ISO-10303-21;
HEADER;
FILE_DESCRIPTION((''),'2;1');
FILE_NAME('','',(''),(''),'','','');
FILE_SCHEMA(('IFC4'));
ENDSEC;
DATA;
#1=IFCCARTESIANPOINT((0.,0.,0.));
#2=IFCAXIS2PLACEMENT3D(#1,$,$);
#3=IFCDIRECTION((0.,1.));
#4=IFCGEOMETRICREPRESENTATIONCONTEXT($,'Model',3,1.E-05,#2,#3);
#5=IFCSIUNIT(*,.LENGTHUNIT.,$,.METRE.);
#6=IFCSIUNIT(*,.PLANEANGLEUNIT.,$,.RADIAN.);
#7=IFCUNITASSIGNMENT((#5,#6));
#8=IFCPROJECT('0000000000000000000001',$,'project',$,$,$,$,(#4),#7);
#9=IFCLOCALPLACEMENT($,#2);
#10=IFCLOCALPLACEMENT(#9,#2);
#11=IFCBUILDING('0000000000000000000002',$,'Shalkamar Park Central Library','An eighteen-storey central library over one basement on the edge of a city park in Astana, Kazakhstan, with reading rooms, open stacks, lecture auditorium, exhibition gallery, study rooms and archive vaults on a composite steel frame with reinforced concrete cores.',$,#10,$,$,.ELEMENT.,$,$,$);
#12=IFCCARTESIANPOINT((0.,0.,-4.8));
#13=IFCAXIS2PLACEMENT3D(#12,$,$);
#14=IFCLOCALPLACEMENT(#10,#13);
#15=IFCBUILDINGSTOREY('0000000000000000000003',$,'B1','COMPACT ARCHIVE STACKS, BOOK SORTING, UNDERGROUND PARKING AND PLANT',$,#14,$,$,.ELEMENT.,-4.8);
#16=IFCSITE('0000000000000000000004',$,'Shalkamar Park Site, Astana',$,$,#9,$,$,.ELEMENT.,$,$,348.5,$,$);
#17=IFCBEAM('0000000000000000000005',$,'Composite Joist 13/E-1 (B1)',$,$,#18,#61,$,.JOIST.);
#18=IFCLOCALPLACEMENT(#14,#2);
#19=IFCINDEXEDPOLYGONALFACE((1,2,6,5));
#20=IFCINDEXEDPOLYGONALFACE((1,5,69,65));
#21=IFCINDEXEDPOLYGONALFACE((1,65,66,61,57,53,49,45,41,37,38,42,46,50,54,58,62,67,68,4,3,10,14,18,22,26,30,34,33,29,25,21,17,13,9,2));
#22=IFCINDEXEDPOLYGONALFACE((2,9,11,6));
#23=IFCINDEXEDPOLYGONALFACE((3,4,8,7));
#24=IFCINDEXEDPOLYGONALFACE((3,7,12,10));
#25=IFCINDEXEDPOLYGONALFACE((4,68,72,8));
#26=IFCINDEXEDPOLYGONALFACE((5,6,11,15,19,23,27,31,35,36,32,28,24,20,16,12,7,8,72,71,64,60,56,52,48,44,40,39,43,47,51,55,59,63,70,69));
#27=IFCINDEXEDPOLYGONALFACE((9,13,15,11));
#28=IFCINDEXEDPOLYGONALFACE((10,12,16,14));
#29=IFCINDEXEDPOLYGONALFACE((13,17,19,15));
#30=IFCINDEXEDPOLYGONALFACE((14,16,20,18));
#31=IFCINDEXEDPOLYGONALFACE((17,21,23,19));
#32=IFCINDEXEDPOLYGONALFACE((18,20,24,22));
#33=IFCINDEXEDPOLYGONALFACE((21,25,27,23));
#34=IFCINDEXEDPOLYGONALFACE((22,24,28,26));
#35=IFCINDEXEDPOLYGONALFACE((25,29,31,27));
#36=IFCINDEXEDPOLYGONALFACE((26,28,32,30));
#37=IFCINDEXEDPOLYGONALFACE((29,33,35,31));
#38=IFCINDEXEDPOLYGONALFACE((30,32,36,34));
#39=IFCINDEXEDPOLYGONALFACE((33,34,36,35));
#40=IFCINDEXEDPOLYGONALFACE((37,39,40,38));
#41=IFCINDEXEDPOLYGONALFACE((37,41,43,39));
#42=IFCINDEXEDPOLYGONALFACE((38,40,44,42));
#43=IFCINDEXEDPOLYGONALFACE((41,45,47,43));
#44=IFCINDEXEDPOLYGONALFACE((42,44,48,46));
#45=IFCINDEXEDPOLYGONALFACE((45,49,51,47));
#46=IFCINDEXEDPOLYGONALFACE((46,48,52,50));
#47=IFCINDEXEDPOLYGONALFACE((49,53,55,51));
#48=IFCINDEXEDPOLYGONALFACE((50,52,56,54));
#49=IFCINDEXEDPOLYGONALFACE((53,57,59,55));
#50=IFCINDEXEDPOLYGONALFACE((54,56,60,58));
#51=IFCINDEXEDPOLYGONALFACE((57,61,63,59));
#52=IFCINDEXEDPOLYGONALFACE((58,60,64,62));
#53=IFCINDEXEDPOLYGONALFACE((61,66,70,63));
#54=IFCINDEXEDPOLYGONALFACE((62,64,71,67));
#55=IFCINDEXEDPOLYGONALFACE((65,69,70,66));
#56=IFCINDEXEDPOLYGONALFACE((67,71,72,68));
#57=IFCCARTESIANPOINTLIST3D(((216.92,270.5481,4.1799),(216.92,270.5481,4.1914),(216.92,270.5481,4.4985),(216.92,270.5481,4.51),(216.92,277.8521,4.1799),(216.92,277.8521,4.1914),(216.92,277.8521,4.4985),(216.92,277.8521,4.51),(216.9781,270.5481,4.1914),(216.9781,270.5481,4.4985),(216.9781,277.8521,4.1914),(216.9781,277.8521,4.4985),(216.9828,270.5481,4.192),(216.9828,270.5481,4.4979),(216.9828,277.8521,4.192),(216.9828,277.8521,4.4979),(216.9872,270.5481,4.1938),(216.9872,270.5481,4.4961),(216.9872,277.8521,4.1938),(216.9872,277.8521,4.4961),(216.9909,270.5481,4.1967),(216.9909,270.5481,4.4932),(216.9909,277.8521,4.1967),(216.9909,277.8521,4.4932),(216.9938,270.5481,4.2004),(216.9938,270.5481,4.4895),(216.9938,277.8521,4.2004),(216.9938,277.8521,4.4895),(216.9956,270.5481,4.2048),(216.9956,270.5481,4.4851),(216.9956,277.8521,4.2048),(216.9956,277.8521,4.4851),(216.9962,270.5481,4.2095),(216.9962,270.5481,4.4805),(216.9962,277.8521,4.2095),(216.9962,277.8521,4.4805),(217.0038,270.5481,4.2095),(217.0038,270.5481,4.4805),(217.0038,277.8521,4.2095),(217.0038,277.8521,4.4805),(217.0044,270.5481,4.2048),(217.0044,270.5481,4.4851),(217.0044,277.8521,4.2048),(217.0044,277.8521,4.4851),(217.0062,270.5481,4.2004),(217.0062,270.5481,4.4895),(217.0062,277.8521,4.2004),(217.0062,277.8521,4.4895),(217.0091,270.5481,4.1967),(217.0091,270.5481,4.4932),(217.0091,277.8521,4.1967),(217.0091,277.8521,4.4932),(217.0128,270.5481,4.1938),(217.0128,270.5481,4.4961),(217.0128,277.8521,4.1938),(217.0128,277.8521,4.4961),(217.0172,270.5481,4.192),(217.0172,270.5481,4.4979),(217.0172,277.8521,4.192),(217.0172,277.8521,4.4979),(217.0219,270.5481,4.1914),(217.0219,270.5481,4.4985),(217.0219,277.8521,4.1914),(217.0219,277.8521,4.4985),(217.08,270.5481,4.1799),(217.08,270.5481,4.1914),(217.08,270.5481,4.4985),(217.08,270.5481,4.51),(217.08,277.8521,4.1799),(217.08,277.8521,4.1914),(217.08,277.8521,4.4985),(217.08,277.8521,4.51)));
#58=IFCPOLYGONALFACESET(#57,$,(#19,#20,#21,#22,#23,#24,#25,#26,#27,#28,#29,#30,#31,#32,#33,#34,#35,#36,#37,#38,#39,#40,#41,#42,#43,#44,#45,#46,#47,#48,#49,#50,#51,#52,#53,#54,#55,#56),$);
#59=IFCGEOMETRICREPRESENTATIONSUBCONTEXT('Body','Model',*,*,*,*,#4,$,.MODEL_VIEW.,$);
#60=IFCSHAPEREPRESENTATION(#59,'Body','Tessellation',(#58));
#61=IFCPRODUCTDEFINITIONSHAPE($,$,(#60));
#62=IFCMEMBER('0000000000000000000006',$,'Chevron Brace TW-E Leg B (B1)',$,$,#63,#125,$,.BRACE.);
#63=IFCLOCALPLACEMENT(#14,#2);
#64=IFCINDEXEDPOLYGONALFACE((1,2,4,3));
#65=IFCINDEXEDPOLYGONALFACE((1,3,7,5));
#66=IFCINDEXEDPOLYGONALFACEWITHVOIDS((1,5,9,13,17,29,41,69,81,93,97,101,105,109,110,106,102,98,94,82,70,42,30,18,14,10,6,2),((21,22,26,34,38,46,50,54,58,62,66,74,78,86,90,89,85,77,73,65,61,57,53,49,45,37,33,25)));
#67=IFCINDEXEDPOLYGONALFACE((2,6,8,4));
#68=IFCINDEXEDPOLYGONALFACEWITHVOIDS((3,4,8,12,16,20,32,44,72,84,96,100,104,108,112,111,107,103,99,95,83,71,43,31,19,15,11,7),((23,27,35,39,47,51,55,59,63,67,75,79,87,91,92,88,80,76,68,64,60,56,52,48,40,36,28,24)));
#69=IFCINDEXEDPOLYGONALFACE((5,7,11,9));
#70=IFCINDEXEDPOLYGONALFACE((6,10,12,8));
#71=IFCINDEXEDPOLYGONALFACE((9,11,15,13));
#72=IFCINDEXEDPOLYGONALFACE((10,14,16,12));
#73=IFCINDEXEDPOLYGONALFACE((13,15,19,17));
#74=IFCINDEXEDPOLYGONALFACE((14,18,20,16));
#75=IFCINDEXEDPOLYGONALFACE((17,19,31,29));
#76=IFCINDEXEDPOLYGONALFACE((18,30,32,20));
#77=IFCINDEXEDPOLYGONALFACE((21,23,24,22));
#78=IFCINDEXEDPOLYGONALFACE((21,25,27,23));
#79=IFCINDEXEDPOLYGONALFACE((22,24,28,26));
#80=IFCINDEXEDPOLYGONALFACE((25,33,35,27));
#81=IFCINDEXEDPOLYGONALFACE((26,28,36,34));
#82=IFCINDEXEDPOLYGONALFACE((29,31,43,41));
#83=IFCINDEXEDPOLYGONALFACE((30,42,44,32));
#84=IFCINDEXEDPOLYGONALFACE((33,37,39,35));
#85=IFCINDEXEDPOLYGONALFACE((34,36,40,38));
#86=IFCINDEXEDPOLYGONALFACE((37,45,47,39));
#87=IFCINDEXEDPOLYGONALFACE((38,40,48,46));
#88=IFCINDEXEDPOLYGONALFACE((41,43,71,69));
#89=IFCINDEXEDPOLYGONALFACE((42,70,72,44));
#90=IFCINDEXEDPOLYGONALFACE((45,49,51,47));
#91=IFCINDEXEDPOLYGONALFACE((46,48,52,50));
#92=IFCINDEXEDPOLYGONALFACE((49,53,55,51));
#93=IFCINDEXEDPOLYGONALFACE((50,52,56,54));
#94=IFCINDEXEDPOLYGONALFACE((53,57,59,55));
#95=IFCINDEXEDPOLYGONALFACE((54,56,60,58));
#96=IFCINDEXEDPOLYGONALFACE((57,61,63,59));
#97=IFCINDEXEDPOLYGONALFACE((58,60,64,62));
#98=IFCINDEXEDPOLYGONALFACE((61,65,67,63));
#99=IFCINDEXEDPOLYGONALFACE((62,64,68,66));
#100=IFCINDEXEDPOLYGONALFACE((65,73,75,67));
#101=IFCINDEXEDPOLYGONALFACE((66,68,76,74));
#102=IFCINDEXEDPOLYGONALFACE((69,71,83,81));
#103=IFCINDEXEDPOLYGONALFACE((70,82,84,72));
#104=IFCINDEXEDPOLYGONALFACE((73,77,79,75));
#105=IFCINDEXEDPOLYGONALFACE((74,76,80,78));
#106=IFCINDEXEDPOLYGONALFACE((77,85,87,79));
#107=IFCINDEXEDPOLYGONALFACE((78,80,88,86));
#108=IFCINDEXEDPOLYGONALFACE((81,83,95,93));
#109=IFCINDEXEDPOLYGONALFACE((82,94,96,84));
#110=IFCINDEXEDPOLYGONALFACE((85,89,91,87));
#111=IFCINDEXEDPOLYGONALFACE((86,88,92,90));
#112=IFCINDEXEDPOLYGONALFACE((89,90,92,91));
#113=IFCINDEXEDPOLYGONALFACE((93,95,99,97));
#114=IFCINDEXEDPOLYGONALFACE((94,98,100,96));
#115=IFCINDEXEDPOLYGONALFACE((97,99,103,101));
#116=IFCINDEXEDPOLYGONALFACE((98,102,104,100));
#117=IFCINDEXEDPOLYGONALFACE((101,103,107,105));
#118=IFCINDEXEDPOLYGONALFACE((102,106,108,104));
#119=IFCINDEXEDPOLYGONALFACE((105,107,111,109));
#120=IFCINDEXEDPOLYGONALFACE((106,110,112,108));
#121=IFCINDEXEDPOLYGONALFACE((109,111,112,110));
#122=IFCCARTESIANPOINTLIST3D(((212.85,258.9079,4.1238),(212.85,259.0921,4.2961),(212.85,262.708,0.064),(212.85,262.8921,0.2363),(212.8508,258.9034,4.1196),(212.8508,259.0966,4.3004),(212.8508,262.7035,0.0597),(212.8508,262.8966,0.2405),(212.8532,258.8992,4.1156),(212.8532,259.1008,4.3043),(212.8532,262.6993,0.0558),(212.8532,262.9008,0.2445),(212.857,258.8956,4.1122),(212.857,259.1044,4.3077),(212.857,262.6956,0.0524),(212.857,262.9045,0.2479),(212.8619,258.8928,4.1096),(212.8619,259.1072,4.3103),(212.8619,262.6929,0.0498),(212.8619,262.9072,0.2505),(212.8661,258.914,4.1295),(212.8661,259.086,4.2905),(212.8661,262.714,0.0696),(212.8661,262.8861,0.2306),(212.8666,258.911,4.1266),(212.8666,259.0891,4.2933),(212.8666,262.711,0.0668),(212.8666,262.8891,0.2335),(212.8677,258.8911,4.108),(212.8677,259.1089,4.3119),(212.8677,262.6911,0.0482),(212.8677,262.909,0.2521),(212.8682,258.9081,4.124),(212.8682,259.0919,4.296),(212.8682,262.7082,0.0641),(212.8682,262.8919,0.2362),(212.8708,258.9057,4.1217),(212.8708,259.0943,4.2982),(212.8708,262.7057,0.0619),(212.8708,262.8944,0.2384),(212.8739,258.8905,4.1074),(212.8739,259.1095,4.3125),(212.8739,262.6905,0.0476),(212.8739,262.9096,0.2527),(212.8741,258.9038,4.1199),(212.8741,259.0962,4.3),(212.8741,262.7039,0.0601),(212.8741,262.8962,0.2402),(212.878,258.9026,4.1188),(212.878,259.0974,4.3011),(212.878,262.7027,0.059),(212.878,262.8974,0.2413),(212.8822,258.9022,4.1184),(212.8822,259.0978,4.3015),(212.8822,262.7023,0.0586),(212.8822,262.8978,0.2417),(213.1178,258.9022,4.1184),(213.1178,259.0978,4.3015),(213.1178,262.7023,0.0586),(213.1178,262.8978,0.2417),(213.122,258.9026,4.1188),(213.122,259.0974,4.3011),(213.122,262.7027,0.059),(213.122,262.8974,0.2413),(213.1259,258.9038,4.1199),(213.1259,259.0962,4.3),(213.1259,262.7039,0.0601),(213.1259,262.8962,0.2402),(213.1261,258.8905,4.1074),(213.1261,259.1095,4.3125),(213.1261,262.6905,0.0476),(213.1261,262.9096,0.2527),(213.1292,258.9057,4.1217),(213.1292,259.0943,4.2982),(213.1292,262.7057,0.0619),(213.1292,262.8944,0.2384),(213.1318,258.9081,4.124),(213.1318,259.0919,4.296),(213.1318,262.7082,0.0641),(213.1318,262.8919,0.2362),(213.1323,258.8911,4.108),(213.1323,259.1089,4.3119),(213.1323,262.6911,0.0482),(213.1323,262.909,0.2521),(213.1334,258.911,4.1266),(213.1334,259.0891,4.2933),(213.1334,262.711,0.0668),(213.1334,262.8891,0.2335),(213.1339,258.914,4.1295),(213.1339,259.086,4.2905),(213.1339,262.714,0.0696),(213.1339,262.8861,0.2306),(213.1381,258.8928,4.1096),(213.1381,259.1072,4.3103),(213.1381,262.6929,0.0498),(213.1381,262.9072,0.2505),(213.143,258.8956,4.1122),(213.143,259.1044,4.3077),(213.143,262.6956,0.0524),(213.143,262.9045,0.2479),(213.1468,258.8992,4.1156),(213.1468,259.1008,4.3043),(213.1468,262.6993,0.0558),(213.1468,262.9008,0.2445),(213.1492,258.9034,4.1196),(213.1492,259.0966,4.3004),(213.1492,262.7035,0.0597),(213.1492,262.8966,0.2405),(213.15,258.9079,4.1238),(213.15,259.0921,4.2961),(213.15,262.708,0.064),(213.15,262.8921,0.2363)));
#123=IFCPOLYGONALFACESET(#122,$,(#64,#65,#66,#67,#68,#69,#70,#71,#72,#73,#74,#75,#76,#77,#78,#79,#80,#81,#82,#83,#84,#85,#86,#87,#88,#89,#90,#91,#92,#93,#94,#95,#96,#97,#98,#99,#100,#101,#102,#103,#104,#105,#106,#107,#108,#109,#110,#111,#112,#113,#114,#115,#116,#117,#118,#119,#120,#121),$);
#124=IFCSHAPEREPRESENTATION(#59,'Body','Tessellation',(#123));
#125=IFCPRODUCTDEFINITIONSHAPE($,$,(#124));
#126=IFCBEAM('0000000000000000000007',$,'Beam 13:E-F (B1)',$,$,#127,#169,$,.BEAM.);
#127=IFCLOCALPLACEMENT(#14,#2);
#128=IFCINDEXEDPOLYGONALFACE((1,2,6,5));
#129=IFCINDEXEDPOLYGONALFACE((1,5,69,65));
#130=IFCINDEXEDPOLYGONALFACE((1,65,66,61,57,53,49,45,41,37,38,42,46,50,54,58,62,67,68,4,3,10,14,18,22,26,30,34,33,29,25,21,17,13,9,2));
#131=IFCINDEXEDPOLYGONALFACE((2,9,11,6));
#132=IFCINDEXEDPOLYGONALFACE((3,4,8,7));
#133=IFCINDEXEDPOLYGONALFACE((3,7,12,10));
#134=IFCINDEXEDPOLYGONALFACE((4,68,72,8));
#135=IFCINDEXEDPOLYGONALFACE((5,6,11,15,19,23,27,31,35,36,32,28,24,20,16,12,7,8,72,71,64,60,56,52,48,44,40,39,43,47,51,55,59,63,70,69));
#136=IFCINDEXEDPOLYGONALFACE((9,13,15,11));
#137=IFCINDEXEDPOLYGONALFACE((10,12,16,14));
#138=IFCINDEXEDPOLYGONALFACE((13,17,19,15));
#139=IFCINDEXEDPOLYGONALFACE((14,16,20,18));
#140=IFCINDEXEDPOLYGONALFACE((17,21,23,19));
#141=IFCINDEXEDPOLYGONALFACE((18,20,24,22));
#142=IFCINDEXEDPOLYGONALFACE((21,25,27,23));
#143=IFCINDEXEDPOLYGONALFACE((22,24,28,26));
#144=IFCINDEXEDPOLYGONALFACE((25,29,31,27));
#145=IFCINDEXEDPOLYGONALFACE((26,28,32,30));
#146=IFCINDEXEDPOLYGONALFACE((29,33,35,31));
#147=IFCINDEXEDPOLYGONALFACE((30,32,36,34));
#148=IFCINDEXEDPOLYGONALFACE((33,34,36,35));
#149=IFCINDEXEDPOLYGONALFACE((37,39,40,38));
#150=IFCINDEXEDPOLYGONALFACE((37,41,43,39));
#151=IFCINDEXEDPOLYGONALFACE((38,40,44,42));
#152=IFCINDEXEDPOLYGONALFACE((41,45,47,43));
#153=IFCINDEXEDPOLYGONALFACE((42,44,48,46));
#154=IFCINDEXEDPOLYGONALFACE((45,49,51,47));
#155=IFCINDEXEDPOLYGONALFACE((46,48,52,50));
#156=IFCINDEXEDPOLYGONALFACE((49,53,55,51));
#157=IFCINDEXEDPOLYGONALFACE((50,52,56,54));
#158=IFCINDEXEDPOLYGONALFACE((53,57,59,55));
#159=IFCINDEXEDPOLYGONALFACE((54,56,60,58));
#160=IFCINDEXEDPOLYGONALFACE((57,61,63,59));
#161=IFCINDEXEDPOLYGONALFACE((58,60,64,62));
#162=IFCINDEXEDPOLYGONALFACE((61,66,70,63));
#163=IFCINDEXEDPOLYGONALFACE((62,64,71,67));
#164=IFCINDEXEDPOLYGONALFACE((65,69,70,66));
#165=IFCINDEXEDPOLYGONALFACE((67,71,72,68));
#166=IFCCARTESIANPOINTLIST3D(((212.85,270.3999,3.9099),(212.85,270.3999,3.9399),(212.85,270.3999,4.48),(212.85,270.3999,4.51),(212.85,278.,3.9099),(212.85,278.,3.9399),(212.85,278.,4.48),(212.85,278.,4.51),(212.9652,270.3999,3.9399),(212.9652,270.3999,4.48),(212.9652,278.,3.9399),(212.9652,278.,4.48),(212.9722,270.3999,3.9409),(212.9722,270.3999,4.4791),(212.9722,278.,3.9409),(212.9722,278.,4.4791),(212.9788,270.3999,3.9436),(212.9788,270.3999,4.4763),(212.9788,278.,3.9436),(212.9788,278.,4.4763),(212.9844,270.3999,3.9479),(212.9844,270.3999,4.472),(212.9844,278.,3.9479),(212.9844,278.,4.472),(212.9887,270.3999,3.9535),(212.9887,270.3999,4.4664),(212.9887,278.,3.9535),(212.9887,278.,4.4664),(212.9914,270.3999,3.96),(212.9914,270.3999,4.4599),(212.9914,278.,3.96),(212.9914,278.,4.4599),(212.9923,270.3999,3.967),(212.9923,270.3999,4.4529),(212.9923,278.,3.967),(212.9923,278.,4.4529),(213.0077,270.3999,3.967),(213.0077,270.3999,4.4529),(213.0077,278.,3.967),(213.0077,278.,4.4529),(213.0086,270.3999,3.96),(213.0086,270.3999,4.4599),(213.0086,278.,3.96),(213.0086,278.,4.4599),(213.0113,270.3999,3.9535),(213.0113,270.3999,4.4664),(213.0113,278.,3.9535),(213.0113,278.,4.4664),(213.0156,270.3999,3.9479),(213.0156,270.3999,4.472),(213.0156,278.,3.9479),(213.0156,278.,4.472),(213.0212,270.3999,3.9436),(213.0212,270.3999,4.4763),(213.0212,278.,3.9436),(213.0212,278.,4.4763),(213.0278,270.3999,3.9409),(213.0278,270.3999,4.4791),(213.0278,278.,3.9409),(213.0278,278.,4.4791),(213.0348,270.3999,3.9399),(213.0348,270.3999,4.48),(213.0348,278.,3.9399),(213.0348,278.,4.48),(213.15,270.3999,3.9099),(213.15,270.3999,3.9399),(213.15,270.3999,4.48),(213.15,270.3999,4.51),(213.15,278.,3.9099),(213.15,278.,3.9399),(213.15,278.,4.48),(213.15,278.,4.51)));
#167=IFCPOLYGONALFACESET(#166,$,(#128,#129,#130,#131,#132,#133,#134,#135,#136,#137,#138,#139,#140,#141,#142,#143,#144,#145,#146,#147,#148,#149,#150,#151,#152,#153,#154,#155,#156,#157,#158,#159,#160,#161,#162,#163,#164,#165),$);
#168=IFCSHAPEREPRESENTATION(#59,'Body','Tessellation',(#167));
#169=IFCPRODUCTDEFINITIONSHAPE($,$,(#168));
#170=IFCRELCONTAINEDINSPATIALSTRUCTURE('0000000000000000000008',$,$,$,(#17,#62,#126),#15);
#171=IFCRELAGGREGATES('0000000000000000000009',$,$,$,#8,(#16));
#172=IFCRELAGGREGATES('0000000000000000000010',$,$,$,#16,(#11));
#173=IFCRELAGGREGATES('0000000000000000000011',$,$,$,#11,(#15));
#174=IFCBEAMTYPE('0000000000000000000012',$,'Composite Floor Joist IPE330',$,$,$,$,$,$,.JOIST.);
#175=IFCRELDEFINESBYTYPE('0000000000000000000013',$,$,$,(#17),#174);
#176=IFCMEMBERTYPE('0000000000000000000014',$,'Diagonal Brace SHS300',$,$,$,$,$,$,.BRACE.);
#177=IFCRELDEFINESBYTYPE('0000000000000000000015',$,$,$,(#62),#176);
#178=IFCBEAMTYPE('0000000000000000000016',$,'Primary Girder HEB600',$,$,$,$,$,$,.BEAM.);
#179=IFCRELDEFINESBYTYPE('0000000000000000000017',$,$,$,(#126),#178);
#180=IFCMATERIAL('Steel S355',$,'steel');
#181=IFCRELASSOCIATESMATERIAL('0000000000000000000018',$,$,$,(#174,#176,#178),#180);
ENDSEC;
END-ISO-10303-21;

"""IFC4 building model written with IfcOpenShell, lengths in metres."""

from ifc_helpers import new_model, si_unit, direction, frame, origin, origin_2d, place, context, subcontext, project, spatial, hollow_rectangle, i_section, extrude, material, material_profile, profile_set, type_object, element, save


model = new_model("IFC4")

# Units and contexts
model_context = context("Model", 3, precision=1e-05, world=origin(), true_north=direction((0.0, 1.0)))
body_context = subcontext(model_context, "Body", "Model", "MODEL_VIEW")
ifc_project = project(units=[si_unit("LENGTHUNIT", "METRE"), si_unit("PLANEANGLEUNIT", "RADIAN")], contexts=[model_context])

# Site, building, storey
site_placement = place(None, origin())
site = spatial("IfcSite", under=ifc_project, at=site_placement, Name="Shalkamar Park Site, Astana", CompositionType="ELEMENT", RefElevation=348.5)
building_placement = place(site_placement, origin())
building = spatial("IfcBuilding", under=site, at=building_placement, Name="Shalkamar Park Central Library", Description="An eighteen-storey central library over one basement on the edge of a city park in Astana, Kazakhstan, with reading rooms, open stacks, lecture auditorium, exhibition gallery, study rooms and archive vaults on a composite steel frame with reinforced concrete cores.", CompositionType="ELEMENT")
storey_placement = place(building_placement, frame((0.0, 0.0, -4.8)))
storey = spatial("IfcBuildingStorey", under=building, at=storey_placement, Name="B1", Description="COMPACT ARCHIVE STACKS, BOOK SORTING, UNDERGROUND PARKING AND PLANT", CompositionType="ELEMENT", Elevation=-4.8)

# Shared definitions
ifc_material_1 = material(Name="Steel S355", Category="steel")

# Beam
ifc_material_profile_1 = material_profile(ifc_material_1, i_section(OverallWidth=0.1599, OverallDepth=0.3301, WebThickness=0.0076, FlangeThickness=0.0115, FilletRadius=0.0181, at=origin_2d()), Name="IPE 330")
ifc_profile_set_1 = profile_set([ifc_material_profile_1], Name="Steel S355")
beam_type_1 = type_object("IfcBeamType", Name="Composite Floor Joist IPE330", PredefinedType="JOIST", material=ifc_profile_set_1)
for number, where, z_axis, x_axis, name in (
    (1, (217.0, 270.5481, 4.345), (0.0, 1.0, 0.0), (-1.0, 0.0, 0.0), "Composite Joist 13/E-1 (B1)"),
):
    element("IfcBeam", number, at=place(storey_placement, frame(where, z_axis=z_axis, x_axis=x_axis)), inside=storey, type_object=beam_type_1, Name=name, PredefinedType="JOIST", context=body_context, shape_type="SweptSolid", body=[
        extrude(i_section(OverallWidth=0.1599, OverallDepth=0.3301, WebThickness=0.0076, FlangeThickness=0.0115, FilletRadius=0.0181, at=origin_2d()), origin(), (0.0, 0.0, 1.0), 7.304),
    ])

# Member
ifc_material_profile_2 = material_profile(ifc_material_1, hollow_rectangle(XDim=0.3, YDim=0.3, WallThickness=0.0161, InnerFilletRadius=0.0161, OuterFilletRadius=0.0239, at=origin_2d()), Name="SHS 300x300x16")
ifc_profile_set_2 = profile_set([ifc_material_profile_2], Name="Steel S355")
member_type = type_object("IfcMemberType", Name="Diagonal Brace SHS300", PredefinedType="BRACE", material=ifc_profile_set_2)
member_placement = place(storey_placement, frame((213.0, 262.8, 0.1501), z_axis=(0.0, -0.683364, 0.730078), x_axis=(1.0, 0.0, 0.0)))
element("IfcMember", 2, at=member_placement, inside=storey, type_object=member_type, Name="Chevron Brace TW-E Leg B (B1)", PredefinedType="BRACE", context=body_context, shape_type="SweptSolid", body=[
    extrude(hollow_rectangle(XDim=0.3, YDim=0.3, WallThickness=0.0161, InnerFilletRadius=0.0161, OuterFilletRadius=0.0239, at=origin_2d()), origin(), (0.0, 0.0, 1.0), 5.5608),
])

# Beam
ifc_material_profile_3 = material_profile(ifc_material_1, i_section(OverallWidth=0.3, OverallDepth=0.6001, WebThickness=0.0154, FlangeThickness=0.03, FilletRadius=0.0271, at=origin_2d()), Name="HEB 600")
ifc_profile_set_3 = profile_set([ifc_material_profile_3], Name="Steel S355")
beam_type_2 = type_object("IfcBeamType", Name="Primary Girder HEB600", PredefinedType="BEAM", material=ifc_profile_set_3)
beam_1_placement = place(storey_placement, frame((213.0, 270.3999, 4.21), z_axis=(0.0, 1.0, 0.0), x_axis=(-1.0, 0.0, 0.0)))
element("IfcBeam", 3, at=beam_1_placement, inside=storey, type_object=beam_type_2, Name="Beam 13:E-F (B1)", PredefinedType="BEAM", context=body_context, shape_type="SweptSolid", body=[
    extrude(i_section(OverallWidth=0.3, OverallDepth=0.6001, WebThickness=0.0154, FlangeThickness=0.03, FilletRadius=0.0271, at=origin_2d()), origin(), (0.0, 0.0, 1.0), 7.6001),
])

save(model, "model.ifc")
